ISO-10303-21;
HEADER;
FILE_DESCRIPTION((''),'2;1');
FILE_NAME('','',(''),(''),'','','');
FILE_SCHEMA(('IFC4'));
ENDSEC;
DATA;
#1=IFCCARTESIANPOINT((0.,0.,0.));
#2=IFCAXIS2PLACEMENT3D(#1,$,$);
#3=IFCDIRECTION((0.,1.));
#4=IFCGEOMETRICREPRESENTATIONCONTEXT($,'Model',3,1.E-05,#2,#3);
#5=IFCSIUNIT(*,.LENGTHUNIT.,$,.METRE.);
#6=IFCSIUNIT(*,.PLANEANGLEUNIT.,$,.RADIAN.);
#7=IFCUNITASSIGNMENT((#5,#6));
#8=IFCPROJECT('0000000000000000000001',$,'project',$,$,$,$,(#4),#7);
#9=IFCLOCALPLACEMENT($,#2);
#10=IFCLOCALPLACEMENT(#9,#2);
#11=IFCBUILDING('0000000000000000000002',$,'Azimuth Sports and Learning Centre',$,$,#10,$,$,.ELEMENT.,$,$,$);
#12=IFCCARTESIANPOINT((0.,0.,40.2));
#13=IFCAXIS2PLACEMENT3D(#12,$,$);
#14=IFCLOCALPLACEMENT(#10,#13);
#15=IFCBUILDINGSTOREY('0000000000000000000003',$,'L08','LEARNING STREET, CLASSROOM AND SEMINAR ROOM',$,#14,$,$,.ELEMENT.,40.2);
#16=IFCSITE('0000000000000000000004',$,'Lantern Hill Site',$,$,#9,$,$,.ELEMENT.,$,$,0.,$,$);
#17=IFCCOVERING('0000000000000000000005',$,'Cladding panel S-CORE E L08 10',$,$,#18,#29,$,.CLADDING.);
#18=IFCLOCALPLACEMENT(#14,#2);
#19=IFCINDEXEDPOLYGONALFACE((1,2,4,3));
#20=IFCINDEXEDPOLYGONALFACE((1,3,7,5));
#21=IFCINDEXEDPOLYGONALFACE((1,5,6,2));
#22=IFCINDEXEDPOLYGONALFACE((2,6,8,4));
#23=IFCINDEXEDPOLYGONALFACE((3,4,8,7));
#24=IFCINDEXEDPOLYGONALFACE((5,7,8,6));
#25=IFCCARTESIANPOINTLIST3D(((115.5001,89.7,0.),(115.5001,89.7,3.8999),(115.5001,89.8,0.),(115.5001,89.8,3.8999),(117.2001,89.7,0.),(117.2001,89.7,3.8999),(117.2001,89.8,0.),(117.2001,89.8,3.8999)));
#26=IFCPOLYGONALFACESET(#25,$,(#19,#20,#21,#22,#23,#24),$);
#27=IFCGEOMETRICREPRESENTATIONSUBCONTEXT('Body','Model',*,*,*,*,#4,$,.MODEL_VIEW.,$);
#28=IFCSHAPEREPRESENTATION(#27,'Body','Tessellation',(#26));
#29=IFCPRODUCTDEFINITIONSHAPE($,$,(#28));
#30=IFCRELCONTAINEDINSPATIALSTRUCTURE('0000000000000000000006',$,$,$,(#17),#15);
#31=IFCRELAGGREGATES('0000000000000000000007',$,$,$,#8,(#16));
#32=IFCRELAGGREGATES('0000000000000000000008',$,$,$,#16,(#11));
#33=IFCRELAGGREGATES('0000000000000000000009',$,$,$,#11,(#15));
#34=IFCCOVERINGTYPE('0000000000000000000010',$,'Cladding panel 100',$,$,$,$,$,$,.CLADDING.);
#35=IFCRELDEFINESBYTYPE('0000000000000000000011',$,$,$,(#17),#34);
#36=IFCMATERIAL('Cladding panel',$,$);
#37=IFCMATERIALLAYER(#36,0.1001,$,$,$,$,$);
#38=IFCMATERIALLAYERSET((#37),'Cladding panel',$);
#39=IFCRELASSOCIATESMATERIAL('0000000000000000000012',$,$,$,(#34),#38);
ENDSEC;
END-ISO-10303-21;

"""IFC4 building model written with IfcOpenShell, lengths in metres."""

from ifc_helpers import new_model, si_unit, direction, frame, origin, origin_2d, place, context, subcontext, project, spatial, rectangle, extrude, material, layer, layer_set, type_object, element, save


model = new_model("IFC4")

# Units and contexts
model_context = context("Model", 3, precision=1e-05, world=origin(), true_north=direction((0.0, 1.0)))
body_context = subcontext(model_context, "Body", "Model", "MODEL_VIEW")
ifc_project = project(units=[si_unit("LENGTHUNIT", "METRE"), si_unit("PLANEANGLEUNIT", "RADIAN")], contexts=[model_context])

# Site, building, storey
site_placement = place(None, origin())
site = spatial("IfcSite", under=ifc_project, at=site_placement, Name="Lantern Hill Site", CompositionType="ELEMENT", RefElevation=0.0)
building_placement = place(site_placement, origin())
building = spatial("IfcBuilding", under=site, at=building_placement, Name="Azimuth Sports and Learning Centre", CompositionType="ELEMENT")
storey_placement = place(building_placement, frame((0.0, 0.0, 40.2)))
storey = spatial("IfcBuildingStorey", under=building, at=storey_placement, Name="L08", Description="LEARNING STREET, CLASSROOM AND SEMINAR ROOM", CompositionType="ELEMENT", Elevation=40.2)

# Covering
ifc_material_1 = material(Name="Cladding panel")
ifc_layer_1 = layer(ifc_material_1, 0.1001)
ifc_layer_set_1 = layer_set([ifc_layer_1], Name="Cladding panel")
covering_type = type_object("IfcCoveringType", Name="Cladding panel 100", PredefinedType="CLADDING", material=ifc_layer_set_1)
covering_1_placement = place(storey_placement, frame((116.3501, 89.75, 0.0), z_axis=(0.0, 0.0, 1.0), x_axis=(1.0, 0.0, 0.0)))
element("IfcCovering", 1, at=covering_1_placement, inside=storey, type_object=covering_type, Name="Cladding panel S-CORE E L08 10", PredefinedType="CLADDING", context=body_context, shape_type="SweptSolid", body=[
    extrude(rectangle(XDim=1.7, YDim=0.1001, at=origin_2d()), origin(), (0.0, 0.0, 1.0), 3.8999),
])

save(model, "model.ifc")
